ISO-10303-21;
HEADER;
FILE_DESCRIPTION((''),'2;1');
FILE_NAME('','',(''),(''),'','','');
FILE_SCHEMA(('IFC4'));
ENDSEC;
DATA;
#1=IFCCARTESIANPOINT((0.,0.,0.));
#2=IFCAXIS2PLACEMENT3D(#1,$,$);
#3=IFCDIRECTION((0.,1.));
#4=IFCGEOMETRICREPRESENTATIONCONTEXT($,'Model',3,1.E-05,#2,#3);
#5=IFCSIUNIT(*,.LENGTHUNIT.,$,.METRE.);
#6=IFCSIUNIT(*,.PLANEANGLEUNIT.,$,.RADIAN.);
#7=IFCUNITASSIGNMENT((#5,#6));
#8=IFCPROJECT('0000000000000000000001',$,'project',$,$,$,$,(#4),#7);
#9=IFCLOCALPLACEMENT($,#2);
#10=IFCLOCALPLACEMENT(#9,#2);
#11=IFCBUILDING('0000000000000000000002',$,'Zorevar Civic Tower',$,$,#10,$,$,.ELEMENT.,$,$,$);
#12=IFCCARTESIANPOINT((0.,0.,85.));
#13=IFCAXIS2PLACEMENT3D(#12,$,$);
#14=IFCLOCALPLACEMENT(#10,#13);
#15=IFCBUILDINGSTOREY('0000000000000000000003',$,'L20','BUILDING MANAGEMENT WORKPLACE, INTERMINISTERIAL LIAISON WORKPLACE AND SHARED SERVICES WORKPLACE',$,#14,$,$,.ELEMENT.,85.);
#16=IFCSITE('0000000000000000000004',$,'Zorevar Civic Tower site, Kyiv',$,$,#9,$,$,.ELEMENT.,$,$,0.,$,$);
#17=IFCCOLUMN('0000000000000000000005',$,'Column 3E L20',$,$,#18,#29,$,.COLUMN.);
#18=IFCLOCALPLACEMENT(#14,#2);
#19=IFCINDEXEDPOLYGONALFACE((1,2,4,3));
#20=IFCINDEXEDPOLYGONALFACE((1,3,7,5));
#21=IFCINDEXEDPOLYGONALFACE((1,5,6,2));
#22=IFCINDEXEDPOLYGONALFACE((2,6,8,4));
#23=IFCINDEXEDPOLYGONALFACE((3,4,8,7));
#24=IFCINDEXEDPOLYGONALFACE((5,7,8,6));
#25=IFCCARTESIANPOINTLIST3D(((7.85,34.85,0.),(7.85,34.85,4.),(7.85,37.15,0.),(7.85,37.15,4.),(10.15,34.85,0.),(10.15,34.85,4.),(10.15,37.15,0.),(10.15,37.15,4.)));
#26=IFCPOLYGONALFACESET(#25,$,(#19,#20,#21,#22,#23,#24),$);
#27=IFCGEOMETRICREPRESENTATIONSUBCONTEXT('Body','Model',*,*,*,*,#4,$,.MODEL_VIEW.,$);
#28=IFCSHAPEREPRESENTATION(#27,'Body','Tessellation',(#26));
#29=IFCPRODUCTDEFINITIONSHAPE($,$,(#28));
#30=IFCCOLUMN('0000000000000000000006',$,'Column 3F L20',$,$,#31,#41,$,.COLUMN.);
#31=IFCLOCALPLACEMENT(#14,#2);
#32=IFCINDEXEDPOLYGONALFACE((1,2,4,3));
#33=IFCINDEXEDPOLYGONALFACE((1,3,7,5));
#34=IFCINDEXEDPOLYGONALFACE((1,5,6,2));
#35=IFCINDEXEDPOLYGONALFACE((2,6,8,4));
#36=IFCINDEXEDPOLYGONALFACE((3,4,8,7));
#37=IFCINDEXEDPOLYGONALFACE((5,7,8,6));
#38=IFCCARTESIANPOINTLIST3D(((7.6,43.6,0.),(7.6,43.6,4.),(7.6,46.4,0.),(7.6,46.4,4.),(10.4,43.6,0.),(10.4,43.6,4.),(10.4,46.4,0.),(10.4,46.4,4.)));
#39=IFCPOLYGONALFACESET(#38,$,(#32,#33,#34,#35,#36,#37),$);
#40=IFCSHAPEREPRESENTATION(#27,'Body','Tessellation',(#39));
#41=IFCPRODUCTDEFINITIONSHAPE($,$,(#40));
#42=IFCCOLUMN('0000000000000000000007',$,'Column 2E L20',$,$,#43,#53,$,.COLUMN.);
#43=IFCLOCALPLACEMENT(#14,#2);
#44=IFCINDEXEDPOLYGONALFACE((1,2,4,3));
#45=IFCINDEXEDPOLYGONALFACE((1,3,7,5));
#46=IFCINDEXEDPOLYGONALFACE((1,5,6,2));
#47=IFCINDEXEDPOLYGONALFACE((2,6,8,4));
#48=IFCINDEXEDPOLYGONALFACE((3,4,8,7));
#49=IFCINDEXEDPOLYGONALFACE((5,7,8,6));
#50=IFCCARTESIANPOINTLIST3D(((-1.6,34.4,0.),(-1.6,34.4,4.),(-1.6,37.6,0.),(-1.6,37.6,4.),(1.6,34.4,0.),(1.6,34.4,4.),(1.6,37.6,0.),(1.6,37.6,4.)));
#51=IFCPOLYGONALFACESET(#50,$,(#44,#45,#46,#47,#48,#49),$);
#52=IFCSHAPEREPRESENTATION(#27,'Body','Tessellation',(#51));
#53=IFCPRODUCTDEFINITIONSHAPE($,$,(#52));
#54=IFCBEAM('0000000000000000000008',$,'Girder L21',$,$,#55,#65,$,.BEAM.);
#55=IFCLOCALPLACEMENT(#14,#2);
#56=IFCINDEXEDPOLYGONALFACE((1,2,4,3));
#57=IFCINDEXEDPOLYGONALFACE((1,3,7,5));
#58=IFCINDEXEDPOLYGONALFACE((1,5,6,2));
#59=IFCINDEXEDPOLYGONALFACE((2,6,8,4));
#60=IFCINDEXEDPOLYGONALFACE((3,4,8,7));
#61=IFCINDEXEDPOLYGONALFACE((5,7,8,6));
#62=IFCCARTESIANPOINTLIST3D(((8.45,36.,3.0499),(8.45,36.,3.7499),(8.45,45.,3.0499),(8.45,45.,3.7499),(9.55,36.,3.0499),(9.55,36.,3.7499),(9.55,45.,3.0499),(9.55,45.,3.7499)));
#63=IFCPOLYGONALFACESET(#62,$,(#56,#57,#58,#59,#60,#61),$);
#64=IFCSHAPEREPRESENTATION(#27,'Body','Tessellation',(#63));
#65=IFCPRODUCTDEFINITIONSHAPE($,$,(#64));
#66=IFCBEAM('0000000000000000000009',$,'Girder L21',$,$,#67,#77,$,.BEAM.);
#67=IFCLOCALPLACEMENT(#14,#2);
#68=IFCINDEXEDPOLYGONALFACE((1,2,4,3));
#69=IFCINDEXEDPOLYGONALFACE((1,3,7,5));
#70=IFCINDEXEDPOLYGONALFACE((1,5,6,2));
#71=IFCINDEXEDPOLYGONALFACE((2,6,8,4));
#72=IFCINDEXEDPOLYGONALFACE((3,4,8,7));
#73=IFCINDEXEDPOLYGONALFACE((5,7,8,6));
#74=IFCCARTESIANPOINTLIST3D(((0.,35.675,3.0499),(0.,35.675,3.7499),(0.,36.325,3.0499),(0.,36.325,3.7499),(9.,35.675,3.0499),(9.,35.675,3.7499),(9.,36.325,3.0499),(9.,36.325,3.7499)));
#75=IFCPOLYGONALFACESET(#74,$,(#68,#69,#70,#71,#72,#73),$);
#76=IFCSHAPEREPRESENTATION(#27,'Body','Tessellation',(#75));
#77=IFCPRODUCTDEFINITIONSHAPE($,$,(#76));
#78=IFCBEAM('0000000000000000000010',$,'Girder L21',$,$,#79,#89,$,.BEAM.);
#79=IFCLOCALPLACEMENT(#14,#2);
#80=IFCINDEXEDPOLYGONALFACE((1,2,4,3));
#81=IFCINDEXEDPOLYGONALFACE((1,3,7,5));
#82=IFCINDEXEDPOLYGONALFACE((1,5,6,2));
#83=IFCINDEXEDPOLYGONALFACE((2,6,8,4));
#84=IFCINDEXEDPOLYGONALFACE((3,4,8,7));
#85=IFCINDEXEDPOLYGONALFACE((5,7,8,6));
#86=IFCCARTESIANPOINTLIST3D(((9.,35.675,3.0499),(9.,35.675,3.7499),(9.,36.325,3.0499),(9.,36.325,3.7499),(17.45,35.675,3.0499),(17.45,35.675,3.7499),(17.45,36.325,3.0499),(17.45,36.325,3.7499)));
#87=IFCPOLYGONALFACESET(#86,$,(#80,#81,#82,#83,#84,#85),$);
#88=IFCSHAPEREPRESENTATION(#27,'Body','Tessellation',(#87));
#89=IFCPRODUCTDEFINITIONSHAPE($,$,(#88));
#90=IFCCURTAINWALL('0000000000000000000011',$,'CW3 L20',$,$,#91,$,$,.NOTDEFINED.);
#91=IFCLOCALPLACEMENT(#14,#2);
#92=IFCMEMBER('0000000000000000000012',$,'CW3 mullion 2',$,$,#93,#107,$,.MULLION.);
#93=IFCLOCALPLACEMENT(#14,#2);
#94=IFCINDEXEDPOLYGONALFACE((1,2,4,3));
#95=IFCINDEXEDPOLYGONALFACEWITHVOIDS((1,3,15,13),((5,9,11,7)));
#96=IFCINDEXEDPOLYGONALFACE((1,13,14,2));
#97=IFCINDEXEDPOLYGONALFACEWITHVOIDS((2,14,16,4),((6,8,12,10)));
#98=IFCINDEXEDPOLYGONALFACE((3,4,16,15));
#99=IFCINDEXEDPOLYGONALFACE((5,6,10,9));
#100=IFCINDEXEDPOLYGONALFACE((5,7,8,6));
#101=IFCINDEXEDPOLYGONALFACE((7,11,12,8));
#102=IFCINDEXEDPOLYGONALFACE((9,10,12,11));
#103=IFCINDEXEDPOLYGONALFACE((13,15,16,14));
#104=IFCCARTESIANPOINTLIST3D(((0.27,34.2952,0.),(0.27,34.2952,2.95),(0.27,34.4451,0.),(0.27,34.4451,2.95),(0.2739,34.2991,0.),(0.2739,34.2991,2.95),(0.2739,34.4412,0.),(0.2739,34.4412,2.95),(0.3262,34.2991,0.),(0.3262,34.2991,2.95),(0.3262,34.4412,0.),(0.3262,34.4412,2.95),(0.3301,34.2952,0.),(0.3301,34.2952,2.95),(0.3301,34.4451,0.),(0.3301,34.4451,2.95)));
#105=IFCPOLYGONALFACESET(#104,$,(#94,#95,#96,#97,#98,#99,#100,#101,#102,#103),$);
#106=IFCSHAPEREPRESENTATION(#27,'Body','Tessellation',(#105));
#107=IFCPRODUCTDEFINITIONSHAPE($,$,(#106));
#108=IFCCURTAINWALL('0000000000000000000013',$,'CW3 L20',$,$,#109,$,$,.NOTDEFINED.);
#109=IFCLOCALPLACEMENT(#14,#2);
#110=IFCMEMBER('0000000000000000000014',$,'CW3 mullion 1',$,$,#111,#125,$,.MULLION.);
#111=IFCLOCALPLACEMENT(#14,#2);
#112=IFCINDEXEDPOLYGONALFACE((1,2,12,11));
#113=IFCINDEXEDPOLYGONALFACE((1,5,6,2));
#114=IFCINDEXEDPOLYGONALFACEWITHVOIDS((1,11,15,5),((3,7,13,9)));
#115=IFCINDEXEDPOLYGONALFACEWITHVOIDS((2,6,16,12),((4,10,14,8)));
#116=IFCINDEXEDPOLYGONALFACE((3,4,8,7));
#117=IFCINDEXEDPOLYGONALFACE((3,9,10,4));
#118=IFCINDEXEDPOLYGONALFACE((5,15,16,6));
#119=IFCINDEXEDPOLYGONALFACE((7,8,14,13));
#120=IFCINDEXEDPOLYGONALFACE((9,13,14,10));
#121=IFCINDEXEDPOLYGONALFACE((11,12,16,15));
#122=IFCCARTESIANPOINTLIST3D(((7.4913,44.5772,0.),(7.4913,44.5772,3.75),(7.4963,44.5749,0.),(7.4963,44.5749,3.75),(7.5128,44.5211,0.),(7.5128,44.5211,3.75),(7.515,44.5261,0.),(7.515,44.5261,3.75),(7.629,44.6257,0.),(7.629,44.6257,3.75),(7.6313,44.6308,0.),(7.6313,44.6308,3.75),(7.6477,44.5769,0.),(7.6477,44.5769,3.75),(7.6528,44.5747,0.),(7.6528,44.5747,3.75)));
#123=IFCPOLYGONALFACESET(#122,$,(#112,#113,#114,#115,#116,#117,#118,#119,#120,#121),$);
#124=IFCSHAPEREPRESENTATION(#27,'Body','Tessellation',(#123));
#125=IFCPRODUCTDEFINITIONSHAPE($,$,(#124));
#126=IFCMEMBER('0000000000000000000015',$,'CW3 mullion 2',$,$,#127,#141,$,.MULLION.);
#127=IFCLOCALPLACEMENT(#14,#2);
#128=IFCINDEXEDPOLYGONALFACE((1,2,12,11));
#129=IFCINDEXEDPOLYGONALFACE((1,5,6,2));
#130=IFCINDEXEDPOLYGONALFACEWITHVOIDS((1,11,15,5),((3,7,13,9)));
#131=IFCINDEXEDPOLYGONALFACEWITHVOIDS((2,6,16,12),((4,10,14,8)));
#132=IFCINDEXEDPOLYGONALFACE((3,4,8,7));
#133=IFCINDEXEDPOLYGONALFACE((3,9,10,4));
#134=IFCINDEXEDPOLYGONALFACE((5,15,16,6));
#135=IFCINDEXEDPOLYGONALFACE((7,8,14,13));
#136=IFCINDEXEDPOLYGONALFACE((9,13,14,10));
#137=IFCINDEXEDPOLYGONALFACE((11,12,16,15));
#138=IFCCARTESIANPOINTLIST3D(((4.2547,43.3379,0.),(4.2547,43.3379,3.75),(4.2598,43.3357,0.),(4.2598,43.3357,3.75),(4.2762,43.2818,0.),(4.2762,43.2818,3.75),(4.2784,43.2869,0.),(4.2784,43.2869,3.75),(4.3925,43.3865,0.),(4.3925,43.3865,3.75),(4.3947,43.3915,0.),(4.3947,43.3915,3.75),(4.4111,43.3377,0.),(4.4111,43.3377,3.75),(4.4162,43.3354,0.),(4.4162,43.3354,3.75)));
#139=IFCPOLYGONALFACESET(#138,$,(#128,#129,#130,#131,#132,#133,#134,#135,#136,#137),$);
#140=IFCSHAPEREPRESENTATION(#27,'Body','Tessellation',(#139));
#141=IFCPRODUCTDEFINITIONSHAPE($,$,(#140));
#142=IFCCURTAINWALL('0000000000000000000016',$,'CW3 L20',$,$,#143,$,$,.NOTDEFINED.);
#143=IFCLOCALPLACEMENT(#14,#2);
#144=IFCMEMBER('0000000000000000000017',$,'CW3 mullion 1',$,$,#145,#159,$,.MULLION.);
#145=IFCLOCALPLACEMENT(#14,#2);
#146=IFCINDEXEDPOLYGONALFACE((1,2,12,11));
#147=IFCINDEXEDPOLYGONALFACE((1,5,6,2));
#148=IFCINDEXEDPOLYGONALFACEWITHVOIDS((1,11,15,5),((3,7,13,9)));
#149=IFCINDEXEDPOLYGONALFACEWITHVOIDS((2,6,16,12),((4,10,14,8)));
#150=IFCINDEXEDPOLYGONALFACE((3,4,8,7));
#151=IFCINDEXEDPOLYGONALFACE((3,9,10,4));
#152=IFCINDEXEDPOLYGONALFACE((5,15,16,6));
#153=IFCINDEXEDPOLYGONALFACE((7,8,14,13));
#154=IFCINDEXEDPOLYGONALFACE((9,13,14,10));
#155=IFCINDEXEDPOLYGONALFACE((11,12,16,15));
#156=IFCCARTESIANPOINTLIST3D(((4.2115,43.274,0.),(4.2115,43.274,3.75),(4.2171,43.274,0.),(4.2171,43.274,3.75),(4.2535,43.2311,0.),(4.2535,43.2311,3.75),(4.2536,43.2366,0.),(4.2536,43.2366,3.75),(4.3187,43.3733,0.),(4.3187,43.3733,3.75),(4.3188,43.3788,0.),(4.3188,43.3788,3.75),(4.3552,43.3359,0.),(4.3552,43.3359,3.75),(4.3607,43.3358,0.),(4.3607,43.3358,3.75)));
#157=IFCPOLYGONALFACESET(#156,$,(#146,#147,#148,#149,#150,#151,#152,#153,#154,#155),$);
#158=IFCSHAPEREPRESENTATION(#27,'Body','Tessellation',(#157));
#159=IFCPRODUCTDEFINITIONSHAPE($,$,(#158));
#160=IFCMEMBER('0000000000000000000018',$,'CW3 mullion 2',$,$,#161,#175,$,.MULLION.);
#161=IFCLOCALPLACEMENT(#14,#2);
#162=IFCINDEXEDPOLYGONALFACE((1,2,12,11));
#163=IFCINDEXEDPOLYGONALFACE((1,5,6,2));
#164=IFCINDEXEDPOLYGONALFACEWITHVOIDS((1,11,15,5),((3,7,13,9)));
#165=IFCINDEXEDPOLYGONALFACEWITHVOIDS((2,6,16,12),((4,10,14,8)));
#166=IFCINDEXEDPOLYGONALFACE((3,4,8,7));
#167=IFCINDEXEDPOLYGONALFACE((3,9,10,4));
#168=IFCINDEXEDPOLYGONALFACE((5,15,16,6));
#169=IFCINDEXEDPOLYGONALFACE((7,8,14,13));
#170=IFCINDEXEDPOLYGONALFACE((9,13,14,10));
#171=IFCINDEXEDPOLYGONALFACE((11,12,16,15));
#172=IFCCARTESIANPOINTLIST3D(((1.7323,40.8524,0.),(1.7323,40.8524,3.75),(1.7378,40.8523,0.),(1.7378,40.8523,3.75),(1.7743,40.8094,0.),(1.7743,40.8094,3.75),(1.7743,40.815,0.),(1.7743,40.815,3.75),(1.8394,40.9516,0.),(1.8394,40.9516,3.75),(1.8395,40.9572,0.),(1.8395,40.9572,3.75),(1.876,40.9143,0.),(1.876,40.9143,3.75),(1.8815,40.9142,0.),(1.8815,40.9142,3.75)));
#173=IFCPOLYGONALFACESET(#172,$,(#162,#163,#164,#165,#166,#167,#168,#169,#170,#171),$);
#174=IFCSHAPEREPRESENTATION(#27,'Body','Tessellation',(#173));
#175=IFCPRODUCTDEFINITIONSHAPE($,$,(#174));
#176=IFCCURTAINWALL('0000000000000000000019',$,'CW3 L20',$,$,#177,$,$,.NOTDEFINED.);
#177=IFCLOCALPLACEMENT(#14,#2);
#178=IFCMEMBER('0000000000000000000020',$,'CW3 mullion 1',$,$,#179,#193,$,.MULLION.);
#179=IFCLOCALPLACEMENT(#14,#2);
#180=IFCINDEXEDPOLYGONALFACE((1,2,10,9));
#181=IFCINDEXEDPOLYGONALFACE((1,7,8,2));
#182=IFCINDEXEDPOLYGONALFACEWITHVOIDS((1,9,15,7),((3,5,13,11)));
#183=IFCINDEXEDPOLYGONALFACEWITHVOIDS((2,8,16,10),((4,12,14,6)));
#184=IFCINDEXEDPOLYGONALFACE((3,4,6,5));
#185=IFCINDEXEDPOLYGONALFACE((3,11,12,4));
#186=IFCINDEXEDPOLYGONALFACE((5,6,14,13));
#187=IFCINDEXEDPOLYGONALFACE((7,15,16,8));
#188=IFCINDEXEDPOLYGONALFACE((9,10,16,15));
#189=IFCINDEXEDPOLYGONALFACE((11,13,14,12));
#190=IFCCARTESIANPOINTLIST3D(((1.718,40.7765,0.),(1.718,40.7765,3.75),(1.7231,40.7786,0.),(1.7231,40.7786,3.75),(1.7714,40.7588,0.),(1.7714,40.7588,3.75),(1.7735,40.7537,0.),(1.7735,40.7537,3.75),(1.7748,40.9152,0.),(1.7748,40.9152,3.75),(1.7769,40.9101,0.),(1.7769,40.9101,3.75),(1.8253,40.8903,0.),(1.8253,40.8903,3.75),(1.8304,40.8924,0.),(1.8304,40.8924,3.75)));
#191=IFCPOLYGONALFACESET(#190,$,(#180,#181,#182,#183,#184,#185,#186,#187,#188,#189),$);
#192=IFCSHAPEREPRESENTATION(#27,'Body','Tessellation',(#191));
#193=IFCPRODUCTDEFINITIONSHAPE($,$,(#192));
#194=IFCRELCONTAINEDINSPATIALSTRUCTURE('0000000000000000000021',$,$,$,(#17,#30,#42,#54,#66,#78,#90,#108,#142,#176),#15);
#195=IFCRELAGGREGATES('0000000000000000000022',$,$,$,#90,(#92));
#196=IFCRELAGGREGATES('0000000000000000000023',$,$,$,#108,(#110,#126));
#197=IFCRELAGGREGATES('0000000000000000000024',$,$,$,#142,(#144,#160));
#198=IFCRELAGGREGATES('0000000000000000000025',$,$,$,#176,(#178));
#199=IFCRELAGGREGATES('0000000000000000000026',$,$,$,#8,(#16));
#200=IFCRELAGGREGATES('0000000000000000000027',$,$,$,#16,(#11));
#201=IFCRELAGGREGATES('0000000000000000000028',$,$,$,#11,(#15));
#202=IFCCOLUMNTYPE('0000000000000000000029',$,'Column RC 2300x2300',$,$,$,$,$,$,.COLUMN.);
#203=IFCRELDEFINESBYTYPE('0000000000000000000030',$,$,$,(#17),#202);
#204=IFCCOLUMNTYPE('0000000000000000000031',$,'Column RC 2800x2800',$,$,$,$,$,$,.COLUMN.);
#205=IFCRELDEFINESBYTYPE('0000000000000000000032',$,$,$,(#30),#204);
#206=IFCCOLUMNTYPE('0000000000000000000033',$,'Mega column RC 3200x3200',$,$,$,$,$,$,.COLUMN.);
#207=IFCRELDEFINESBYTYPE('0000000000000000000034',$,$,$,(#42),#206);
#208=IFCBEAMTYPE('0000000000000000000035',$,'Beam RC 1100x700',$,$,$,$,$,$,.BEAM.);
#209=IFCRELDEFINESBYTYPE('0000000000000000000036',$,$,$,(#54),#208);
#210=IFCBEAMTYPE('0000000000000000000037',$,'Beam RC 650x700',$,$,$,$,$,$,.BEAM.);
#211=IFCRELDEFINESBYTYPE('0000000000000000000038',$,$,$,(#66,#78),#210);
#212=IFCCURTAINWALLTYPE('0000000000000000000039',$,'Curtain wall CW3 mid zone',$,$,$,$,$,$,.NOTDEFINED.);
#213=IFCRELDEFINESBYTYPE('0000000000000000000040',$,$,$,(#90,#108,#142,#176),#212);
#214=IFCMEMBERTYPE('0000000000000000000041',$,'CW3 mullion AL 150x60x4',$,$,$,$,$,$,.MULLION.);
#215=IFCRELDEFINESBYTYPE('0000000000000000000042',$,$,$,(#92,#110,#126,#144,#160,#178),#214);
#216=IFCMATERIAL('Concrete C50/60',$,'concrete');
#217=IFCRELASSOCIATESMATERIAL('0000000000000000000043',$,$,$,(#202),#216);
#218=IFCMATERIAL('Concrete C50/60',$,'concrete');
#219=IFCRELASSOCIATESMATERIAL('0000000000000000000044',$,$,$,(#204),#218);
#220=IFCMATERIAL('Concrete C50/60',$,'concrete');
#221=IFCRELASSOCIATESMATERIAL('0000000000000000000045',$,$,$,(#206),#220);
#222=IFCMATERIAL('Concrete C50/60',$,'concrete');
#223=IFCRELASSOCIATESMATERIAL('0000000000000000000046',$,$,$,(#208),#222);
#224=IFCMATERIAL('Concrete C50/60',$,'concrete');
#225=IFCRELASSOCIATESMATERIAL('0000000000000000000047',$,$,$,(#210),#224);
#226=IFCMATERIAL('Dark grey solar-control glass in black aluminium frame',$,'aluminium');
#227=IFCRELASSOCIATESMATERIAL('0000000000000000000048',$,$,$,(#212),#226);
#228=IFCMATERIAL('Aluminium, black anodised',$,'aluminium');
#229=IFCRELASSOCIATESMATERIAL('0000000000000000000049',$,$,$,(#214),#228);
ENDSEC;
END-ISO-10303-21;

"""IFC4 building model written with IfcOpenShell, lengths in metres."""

from ifc_helpers import new_model, si_unit, direction, frame, origin, origin_2d, place, context, subcontext, project, spatial, rectangle, hollow_rectangle, extrude, material, material_profile, profile_set, type_object, element, aggregate, save


model = new_model("IFC4")

# Units and contexts
model_context = context("Model", 3, precision=1e-05, world=origin(), true_north=direction((0.0, 1.0)))
body_context = subcontext(model_context, "Body", "Model", "MODEL_VIEW")
ifc_project = project(units=[si_unit("LENGTHUNIT", "METRE"), si_unit("PLANEANGLEUNIT", "RADIAN")], contexts=[model_context])

# Site, building, storey
site_placement = place(None, origin())
site = spatial("IfcSite", under=ifc_project, at=site_placement, Name="Zorevar Civic Tower site, Kyiv", CompositionType="ELEMENT", RefElevation=0.0)
building_placement = place(site_placement, origin())
building = spatial("IfcBuilding", under=site, at=building_placement, Name="Zorevar Civic Tower", CompositionType="ELEMENT")
storey_placement = place(building_placement, frame((0.0, 0.0, 85.0)))
storey = spatial("IfcBuildingStorey", under=building, at=storey_placement, Name="L20", Description="BUILDING MANAGEMENT WORKPLACE, INTERMINISTERIAL LIAISON WORKPLACE AND SHARED SERVICES WORKPLACE", CompositionType="ELEMENT", Elevation=85.0)

# Columns
ifc_material_1 = material(Name="Concrete C50/60", Category="concrete")
ifc_material_profile_1 = material_profile(ifc_material_1, rectangle(XDim=2.3, YDim=2.3, at=origin_2d()), Name="RC 2300x2300")
ifc_profile_set_1 = profile_set([ifc_material_profile_1], Name="Concrete C50/60")
column_type_1 = type_object("IfcColumnType", Name="Column RC 2300x2300", PredefinedType="COLUMN", material=ifc_profile_set_1)
column_1_placement = place(storey_placement, frame((9.0, 36.0, 0.0), z_axis=(0.0, 0.0, 1.0), x_axis=(1.0, 0.0, 0.0)))
element("IfcColumn", 1, at=column_1_placement, inside=storey, type_object=column_type_1, Name="Column 3E L20", PredefinedType="COLUMN", context=body_context, shape_type="SweptSolid", body=[
    extrude(rectangle(XDim=2.3, YDim=2.3, at=origin_2d()), origin(), (0.0, 0.0, 1.0), 4.0),
])
ifc_material_2 = material(Name="Concrete C50/60", Category="concrete")
ifc_material_profile_2 = material_profile(ifc_material_2, rectangle(XDim=2.8, YDim=2.8, at=origin_2d()), Name="RC 2800x2800")
ifc_profile_set_2 = profile_set([ifc_material_profile_2], Name="Concrete C50/60")
column_type_2 = type_object("IfcColumnType", Name="Column RC 2800x2800", PredefinedType="COLUMN", material=ifc_profile_set_2)
column_2_placement = place(storey_placement, frame((9.0, 45.0, 0.0), z_axis=(0.0, 0.0, 1.0), x_axis=(1.0, 0.0, 0.0)))
element("IfcColumn", 2, at=column_2_placement, inside=storey, type_object=column_type_2, Name="Column 3F L20", PredefinedType="COLUMN", context=body_context, shape_type="SweptSolid", body=[
    extrude(rectangle(XDim=2.8, YDim=2.8, at=origin_2d()), origin(), (0.0, 0.0, 1.0), 4.0),
])
ifc_material_3 = material(Name="Concrete C50/60", Category="concrete")
ifc_material_profile_3 = material_profile(ifc_material_3, rectangle(XDim=3.2, YDim=3.2, at=origin_2d()), Name="RC 3200x3200")
ifc_profile_set_3 = profile_set([ifc_material_profile_3], Name="Concrete C50/60")
column_type_3 = type_object("IfcColumnType", Name="Mega column RC 3200x3200", PredefinedType="COLUMN", material=ifc_profile_set_3)
column_3_placement = place(storey_placement, frame((0.0, 36.0, 0.0), z_axis=(0.0, 0.0, 1.0), x_axis=(1.0, 0.0, 0.0)))
element("IfcColumn", 3, at=column_3_placement, inside=storey, type_object=column_type_3, Name="Column 2E L20", PredefinedType="COLUMN", context=body_context, shape_type="SweptSolid", body=[
    extrude(rectangle(XDim=3.2, YDim=3.2, at=origin_2d()), origin(), (0.0, 0.0, 1.0), 4.0),
])

# Beams
ifc_material_4 = material(Name="Concrete C50/60", Category="concrete")
ifc_material_profile_4 = material_profile(ifc_material_4, rectangle(XDim=1.1001, YDim=0.7, at=origin_2d()), Name="RC 1100x700")
ifc_profile_set_4 = profile_set([ifc_material_profile_4], Name="Concrete C50/60")
beam_type_1 = type_object("IfcBeamType", Name="Beam RC 1100x700", PredefinedType="BEAM", material=ifc_profile_set_4)
beam_1_placement = place(storey_placement, frame((9.0, 36.0, 3.3999), z_axis=(0.0, 1.0, 0.0), x_axis=(-1.0, 0.0, 0.0)))
element("IfcBeam", 4, at=beam_1_placement, inside=storey, type_object=beam_type_1, Name="Girder L21", PredefinedType="BEAM", context=body_context, shape_type="SweptSolid", body=[
    extrude(rectangle(XDim=1.1001, YDim=0.7, at=origin_2d()), origin(), (0.0, 0.0, 1.0), 9.0),
])
ifc_material_5 = material(Name="Concrete C50/60", Category="concrete")
ifc_material_profile_5 = material_profile(ifc_material_5, rectangle(XDim=0.6499, YDim=0.7, at=origin_2d()), Name="RC 650x700")
ifc_profile_set_5 = profile_set([ifc_material_profile_5], Name="Concrete C50/60")
beam_type_2 = type_object("IfcBeamType", Name="Beam RC 650x700", PredefinedType="BEAM", material=ifc_profile_set_5)
beam_2_placement = place(storey_placement, frame((0.0, 36.0, 3.3999), z_axis=(1.0, 0.0, 0.0), x_axis=(0.0, 1.0, 0.0)))
element("IfcBeam", 5, at=beam_2_placement, inside=storey, type_object=beam_type_2, Name="Girder L21", PredefinedType="BEAM", context=body_context, shape_type="SweptSolid", body=[
    extrude(rectangle(XDim=0.6499, YDim=0.7, at=origin_2d()), origin(), (0.0, 0.0, 1.0), 9.0),
])
beam_3_placement = place(storey_placement, frame((9.0, 36.0, 3.3999), z_axis=(1.0, 0.0, 0.0), x_axis=(0.0, 1.0, 0.0)))
element("IfcBeam", 6, at=beam_3_placement, inside=storey, type_object=beam_type_2, Name="Girder L21", PredefinedType="BEAM", context=body_context, shape_type="SweptSolid", body=[
    extrude(rectangle(XDim=0.6499, YDim=0.7, at=origin_2d()), origin(), (0.0, 0.0, 1.0), 8.45),
])

# Curtain wall, member
ifc_material_6 = material(Name="Dark grey solar-control glass in black aluminium frame", Category="aluminium")
curtain_wall_type = type_object("IfcCurtainWallType", Name="Curtain wall CW3 mid zone", PredefinedType="NOTDEFINED", material=ifc_material_6)
curtain_wall_1_placement = place(storey_placement, origin())
curtain_wall_1 = element("IfcCurtainWall", 7, at=curtain_wall_1_placement, inside=storey, type_object=curtain_wall_type, Name="CW3 L20", PredefinedType="NOTDEFINED")
ifc_material_7 = material(Name="Aluminium, black anodised", Category="aluminium")
ifc_material_profile_6 = material_profile(ifc_material_7, hollow_rectangle(XDim=0.0601, YDim=0.1499, WallThickness=0.0039, at=origin_2d()), Name="AL 150x60x4")
ifc_profile_set_6 = profile_set([ifc_material_profile_6], Name="Aluminium, black anodised")
member_type_1 = type_object("IfcMemberType", Name="CW3 mullion AL 150x60x4", PredefinedType="MULLION", material=ifc_profile_set_6)
member_1_placement = place(storey_placement, frame((0.3, 34.3701, 0.0), z_axis=(0.0, 0.0, 1.0), x_axis=(-1.0, 0.0, 0.0)))
member_1 = element("IfcMember", 8, at=member_1_placement, type_object=member_type_1, Name="CW3 mullion 2", PredefinedType="MULLION", context=body_context, shape_type="SweptSolid", body=[
    extrude(hollow_rectangle(XDim=0.0601, YDim=0.1499, WallThickness=0.0039, at=origin_2d()), origin(), (0.0, 0.0, 1.0), 2.95),
])
aggregate(curtain_wall_1, [member_1])

# Curtain walls, members
curtain_wall_2_placement = place(storey_placement, origin())
curtain_wall_2 = element("IfcCurtainWall", 9, at=curtain_wall_2_placement, inside=storey, type_object=curtain_wall_type, Name="CW3 L20", PredefinedType="NOTDEFINED")
member_2_placement = place(storey_placement, frame((7.572, 44.5759, 0.0), z_axis=(0.0, 0.0, 1.0), x_axis=(0.357561, -0.93389, 0.0)))
member_2 = element("IfcMember", 10, at=member_2_placement, type_object=member_type_1, Name="CW3 mullion 1", PredefinedType="MULLION", context=body_context, shape_type="SweptSolid", body=[
    extrude(hollow_rectangle(XDim=0.0601, YDim=0.1499, WallThickness=0.0039, at=origin_2d()), origin(), (0.0, 0.0, 1.0), 3.75),
])
member_3_placement = place(storey_placement, frame((4.3354, 43.3367, 0.0), z_axis=(0.0, 0.0, 1.0), x_axis=(0.357561, -0.93389, 0.0)))
member_3 = element("IfcMember", 11, at=member_3_placement, type_object=member_type_1, Name="CW3 mullion 2", PredefinedType="MULLION", context=body_context, shape_type="SweptSolid", body=[
    extrude(hollow_rectangle(XDim=0.0601, YDim=0.1499, WallThickness=0.0039, at=origin_2d()), origin(), (0.0, 0.0, 1.0), 3.75),
])
curtain_wall_3_placement = place(storey_placement, origin())
curtain_wall_3 = element("IfcCurtainWall", 12, at=curtain_wall_3_placement, inside=storey, type_object=curtain_wall_type, Name="CW3 L20", PredefinedType="NOTDEFINED")
member_4_placement = place(storey_placement, frame((4.2861, 43.3049, 0.0), z_axis=(0.0, 0.0, 1.0), x_axis=(0.698797, -0.71532, 0.0)))
member_4 = element("IfcMember", 13, at=member_4_placement, type_object=member_type_1, Name="CW3 mullion 1", PredefinedType="MULLION", context=body_context, shape_type="SweptSolid", body=[
    extrude(hollow_rectangle(XDim=0.0601, YDim=0.1499, WallThickness=0.0039, at=origin_2d()), origin(), (0.0, 0.0, 1.0), 3.75),
])
member_5_placement = place(storey_placement, frame((1.8069, 40.8833, 0.0), z_axis=(0.0, 0.0, 1.0), x_axis=(0.698797, -0.71532, 0.0)))
member_5 = element("IfcMember", 14, at=member_5_placement, type_object=member_type_1, Name="CW3 mullion 2", PredefinedType="MULLION", context=body_context, shape_type="SweptSolid", body=[
    extrude(hollow_rectangle(XDim=0.0601, YDim=0.1499, WallThickness=0.0039, at=origin_2d()), origin(), (0.0, 0.0, 1.0), 3.75),
])
curtain_wall_4_placement = place(storey_placement, origin())
curtain_wall_4 = element("IfcCurtainWall", 15, at=curtain_wall_4_placement, inside=storey, type_object=curtain_wall_type, Name="CW3 L20", PredefinedType="NOTDEFINED")
member_6_placement = place(storey_placement, frame((1.7742, 40.8345, 0.0), z_axis=(0.0, 0.0, 1.0), x_axis=(0.925294, -0.379251, 0.0)))
member_6 = element("IfcMember", 16, at=member_6_placement, type_object=member_type_1, Name="CW3 mullion 1", PredefinedType="MULLION", context=body_context, shape_type="SweptSolid", body=[
    extrude(hollow_rectangle(XDim=0.0601, YDim=0.1499, WallThickness=0.0039, at=origin_2d()), origin(), (0.0, 0.0, 1.0), 3.75),
])

aggregate(curtain_wall_2, [member_2, member_3])
aggregate(curtain_wall_3, [member_4, member_5])
aggregate(curtain_wall_4, [member_6])

save(model, "model.ifc")
